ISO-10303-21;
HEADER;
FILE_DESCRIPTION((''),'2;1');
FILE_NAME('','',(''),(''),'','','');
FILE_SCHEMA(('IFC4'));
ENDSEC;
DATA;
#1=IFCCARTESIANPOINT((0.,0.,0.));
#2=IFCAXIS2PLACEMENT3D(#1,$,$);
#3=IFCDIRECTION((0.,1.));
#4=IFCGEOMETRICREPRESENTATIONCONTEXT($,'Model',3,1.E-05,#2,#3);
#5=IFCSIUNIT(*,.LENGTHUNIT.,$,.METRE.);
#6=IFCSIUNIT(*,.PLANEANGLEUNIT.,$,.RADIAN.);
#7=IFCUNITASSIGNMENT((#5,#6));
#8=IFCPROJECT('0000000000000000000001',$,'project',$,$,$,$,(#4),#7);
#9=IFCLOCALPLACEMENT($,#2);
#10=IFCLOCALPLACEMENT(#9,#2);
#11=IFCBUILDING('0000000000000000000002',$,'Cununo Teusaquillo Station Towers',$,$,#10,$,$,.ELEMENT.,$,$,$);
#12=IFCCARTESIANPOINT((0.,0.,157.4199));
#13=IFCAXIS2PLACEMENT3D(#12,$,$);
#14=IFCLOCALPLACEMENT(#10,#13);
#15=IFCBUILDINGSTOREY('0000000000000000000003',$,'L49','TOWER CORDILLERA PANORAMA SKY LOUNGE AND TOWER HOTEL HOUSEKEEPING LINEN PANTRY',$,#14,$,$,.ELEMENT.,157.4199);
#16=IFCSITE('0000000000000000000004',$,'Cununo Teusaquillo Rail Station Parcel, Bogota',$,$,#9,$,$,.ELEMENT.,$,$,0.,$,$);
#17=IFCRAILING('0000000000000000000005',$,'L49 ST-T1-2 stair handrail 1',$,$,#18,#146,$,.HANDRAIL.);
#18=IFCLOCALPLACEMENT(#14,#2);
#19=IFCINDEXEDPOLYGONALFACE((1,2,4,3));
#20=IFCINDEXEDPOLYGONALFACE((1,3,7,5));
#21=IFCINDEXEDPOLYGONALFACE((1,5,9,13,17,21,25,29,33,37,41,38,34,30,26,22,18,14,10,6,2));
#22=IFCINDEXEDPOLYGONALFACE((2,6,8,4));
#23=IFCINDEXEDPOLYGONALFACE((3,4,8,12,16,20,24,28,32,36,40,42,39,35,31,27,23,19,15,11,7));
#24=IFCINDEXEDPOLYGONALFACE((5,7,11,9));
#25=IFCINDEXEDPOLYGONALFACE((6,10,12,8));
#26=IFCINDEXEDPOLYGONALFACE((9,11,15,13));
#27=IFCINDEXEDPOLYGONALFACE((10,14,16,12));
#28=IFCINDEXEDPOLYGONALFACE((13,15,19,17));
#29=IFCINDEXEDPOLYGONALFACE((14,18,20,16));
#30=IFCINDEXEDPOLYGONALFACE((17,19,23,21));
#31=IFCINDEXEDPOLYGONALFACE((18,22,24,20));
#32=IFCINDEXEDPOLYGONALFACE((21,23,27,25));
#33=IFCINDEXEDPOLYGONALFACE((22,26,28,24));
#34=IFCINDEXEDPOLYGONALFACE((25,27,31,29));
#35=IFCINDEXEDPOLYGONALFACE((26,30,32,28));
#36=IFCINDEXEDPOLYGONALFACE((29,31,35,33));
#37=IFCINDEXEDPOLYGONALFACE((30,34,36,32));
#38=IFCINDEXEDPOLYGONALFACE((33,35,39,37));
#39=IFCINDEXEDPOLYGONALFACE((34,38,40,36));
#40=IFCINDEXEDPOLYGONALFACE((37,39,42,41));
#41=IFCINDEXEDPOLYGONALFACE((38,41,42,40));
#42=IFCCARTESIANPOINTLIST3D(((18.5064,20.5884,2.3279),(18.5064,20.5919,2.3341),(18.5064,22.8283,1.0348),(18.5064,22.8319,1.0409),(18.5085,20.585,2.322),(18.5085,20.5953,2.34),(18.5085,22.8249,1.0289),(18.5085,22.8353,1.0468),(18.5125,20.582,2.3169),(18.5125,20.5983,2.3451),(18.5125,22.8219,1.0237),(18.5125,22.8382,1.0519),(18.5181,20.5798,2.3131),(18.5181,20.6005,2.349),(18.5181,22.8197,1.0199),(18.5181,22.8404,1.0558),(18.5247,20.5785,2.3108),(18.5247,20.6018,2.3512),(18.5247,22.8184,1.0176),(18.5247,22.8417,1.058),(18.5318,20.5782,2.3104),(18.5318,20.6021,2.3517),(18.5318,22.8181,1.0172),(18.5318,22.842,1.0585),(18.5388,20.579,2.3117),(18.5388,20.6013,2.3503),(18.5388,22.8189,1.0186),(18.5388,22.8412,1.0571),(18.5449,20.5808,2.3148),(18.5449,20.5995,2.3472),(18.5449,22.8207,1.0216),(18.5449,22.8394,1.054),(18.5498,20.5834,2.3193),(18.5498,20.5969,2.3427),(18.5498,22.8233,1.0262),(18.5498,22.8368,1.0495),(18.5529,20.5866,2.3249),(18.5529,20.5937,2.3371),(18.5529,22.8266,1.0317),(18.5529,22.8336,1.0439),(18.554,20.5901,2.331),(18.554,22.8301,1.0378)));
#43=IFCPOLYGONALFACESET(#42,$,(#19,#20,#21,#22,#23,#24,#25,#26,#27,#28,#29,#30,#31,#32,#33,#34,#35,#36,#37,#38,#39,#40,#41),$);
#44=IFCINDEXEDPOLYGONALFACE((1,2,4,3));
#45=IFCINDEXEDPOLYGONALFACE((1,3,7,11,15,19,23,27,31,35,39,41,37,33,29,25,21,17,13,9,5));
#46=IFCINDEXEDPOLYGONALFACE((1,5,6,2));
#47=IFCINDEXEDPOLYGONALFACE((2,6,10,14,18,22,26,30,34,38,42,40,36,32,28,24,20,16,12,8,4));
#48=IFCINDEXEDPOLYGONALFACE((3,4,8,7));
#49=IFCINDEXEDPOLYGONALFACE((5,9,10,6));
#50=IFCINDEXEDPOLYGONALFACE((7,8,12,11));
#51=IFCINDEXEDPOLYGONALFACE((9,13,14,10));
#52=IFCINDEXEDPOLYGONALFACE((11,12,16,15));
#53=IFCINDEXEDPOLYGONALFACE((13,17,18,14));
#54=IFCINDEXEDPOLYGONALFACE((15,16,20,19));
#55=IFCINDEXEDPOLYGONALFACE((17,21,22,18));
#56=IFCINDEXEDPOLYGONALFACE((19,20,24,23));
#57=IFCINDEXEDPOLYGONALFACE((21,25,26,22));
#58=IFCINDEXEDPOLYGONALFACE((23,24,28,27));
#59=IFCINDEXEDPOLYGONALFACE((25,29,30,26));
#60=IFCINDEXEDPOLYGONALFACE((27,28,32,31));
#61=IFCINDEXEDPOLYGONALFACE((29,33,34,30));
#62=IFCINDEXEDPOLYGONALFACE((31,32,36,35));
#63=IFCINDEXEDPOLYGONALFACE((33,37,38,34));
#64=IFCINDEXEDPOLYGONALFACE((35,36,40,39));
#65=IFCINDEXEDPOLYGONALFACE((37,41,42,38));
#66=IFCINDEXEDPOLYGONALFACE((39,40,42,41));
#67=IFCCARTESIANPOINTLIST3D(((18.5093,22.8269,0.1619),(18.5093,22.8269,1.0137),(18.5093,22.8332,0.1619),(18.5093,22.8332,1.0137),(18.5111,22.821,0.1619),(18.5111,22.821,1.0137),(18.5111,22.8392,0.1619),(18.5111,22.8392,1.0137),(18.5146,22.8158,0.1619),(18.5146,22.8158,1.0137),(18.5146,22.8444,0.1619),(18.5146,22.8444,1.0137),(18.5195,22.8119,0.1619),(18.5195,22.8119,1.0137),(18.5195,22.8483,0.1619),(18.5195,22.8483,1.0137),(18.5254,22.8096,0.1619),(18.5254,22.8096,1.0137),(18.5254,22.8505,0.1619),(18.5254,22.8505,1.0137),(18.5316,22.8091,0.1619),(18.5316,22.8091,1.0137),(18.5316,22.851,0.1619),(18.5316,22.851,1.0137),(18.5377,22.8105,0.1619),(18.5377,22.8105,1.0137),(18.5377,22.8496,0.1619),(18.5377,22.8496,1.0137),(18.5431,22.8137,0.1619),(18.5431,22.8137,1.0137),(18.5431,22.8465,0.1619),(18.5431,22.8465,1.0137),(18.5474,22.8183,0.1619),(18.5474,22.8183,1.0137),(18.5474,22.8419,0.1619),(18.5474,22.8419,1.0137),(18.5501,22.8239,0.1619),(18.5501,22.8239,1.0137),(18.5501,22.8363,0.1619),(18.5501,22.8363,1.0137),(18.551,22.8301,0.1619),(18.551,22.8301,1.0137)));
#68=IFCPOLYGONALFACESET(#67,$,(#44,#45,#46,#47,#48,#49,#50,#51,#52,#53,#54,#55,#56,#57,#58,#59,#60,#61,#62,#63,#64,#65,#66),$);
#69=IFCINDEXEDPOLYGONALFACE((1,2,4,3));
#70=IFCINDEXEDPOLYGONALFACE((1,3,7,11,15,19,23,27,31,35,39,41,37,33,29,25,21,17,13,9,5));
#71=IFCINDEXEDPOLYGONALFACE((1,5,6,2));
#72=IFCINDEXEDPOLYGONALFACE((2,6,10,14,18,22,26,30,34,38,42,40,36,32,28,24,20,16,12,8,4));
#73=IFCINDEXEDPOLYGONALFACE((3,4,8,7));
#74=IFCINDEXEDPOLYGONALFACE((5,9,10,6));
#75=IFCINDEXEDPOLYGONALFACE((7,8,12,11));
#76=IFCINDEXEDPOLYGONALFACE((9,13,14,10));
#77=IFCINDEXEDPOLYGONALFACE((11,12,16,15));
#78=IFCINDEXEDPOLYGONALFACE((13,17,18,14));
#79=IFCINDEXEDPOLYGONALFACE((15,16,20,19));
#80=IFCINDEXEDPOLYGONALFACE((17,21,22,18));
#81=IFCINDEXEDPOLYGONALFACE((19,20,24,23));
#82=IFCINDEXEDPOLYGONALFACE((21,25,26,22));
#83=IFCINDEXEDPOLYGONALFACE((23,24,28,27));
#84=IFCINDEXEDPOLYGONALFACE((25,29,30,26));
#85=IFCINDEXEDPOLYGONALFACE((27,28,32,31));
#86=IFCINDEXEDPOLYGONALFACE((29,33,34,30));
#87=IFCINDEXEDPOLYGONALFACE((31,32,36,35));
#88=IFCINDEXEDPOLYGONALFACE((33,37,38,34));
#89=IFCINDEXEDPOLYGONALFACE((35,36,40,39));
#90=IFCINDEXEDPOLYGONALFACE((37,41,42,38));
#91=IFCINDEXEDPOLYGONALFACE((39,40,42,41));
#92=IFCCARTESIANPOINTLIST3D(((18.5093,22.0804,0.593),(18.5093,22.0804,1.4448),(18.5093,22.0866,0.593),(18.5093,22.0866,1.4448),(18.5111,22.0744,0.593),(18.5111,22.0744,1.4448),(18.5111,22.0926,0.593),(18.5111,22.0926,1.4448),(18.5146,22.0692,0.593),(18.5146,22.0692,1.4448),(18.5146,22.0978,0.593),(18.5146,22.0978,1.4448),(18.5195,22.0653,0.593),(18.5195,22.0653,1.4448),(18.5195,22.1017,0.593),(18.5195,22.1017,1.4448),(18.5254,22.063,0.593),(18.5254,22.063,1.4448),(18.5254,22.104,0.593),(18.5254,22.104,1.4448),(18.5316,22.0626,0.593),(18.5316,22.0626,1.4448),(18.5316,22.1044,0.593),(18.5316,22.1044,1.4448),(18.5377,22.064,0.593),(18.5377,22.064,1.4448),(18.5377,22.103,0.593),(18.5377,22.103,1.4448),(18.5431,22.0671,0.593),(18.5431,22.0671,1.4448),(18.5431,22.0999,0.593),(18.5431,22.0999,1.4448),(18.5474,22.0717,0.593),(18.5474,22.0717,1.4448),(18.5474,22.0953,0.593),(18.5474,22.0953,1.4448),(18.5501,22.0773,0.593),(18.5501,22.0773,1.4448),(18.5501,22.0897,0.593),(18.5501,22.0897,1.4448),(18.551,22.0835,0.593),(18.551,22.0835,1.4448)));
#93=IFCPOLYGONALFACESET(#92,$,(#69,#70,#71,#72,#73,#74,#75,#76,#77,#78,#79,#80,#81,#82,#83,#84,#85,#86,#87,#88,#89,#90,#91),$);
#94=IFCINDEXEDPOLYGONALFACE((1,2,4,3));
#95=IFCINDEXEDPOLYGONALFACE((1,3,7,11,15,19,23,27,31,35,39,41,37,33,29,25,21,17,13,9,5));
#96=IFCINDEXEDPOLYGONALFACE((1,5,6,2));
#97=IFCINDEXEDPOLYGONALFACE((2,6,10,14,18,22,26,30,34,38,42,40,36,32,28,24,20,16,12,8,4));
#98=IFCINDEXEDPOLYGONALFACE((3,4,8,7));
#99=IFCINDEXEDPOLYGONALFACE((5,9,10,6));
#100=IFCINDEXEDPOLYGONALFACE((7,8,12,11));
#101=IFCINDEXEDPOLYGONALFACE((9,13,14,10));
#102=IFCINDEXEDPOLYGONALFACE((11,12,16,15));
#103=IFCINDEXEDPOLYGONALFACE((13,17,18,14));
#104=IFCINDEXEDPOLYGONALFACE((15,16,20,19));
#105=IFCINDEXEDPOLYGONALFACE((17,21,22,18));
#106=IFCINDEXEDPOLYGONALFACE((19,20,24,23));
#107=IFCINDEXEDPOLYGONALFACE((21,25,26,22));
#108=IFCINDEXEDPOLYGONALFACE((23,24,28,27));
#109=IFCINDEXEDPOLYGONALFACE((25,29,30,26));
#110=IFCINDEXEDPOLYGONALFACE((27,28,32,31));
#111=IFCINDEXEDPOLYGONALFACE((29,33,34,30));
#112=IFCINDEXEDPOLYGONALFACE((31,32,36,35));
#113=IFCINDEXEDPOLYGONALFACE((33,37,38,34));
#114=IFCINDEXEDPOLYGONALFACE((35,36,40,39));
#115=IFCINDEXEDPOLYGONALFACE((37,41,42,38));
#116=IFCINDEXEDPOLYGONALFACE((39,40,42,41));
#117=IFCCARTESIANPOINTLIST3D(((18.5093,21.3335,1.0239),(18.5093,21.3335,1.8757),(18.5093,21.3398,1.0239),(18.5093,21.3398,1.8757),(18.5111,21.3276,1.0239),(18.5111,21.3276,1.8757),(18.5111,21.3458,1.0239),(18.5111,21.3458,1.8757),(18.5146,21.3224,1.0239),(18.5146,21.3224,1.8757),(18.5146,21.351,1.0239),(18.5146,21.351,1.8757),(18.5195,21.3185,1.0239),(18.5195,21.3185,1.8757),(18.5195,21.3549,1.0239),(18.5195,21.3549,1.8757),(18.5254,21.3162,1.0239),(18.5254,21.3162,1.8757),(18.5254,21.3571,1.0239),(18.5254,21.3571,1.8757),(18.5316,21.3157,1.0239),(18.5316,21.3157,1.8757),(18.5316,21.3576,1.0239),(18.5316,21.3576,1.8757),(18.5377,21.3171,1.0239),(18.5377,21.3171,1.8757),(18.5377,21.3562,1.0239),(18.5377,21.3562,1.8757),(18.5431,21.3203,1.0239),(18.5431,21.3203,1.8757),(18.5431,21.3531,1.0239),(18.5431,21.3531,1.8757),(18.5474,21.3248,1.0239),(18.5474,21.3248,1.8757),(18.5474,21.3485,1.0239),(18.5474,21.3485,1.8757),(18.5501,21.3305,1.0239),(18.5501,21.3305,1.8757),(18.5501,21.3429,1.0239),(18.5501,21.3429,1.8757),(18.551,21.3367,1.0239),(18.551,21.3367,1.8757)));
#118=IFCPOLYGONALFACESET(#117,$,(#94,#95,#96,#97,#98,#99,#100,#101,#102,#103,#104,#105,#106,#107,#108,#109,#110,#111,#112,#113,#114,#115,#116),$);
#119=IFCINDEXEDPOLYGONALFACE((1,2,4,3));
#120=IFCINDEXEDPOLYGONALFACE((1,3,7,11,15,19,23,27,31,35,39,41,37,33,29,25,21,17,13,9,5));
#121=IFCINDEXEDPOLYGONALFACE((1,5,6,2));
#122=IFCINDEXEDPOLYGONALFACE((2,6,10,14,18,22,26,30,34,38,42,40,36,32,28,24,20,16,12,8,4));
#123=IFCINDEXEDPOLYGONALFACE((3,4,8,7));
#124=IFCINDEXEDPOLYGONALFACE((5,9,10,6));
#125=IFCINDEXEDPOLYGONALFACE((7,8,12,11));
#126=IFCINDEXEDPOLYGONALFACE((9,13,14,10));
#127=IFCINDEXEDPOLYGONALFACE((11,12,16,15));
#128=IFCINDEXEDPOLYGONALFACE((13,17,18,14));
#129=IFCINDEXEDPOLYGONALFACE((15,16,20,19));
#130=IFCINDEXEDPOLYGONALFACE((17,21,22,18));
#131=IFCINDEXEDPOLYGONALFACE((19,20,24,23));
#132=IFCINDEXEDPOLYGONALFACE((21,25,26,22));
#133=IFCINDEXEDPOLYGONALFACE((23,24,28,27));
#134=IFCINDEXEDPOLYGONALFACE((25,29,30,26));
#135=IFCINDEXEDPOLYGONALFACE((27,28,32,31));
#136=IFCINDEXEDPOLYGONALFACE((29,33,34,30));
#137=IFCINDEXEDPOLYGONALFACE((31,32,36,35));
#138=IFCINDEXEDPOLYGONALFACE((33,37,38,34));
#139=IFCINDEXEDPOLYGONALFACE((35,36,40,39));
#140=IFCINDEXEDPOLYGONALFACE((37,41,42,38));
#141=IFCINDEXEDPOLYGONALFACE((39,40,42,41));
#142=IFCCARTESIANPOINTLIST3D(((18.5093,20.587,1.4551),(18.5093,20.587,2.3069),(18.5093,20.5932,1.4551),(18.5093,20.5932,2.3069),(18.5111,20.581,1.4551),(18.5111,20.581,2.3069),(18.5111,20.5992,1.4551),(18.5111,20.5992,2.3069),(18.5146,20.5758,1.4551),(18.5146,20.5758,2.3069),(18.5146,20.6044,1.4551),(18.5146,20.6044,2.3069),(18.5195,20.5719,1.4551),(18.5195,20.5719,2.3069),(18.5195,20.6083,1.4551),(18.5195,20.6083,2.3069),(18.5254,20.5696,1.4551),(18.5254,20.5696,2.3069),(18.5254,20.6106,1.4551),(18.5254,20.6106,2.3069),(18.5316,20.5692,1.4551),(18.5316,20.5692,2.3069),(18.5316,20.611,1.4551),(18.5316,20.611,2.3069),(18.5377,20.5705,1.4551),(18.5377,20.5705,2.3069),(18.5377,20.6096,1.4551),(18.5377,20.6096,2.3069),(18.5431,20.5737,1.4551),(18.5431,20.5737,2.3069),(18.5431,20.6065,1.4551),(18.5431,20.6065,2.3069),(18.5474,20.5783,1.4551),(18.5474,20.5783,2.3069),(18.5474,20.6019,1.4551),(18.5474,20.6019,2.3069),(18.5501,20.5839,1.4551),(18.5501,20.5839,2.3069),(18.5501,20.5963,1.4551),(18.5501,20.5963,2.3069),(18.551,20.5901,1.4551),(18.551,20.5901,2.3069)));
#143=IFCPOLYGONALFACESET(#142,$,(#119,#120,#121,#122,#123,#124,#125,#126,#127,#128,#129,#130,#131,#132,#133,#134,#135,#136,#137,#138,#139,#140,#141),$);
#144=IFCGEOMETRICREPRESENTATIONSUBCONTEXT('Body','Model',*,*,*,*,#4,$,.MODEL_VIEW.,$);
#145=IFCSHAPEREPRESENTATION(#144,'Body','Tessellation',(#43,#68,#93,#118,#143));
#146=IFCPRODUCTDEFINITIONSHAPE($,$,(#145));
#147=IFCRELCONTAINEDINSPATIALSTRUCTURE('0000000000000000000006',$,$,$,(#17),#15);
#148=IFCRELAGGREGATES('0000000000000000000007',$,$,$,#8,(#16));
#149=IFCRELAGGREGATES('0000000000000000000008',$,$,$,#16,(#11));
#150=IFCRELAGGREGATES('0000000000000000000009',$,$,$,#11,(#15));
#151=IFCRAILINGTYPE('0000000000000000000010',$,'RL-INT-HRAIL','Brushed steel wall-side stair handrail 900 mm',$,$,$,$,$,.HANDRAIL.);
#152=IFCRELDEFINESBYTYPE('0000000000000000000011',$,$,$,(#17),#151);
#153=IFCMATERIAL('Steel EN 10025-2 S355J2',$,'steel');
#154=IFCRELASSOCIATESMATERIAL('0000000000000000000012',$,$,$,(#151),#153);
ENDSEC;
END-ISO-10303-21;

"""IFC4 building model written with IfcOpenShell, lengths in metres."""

from ifc_helpers import new_model, si_unit, direction, frame, origin, origin_2d, place, context, subcontext, project, spatial, circle, extrude, material, type_object, element, save


model = new_model("IFC4")

# Units and contexts
model_context = context("Model", 3, precision=1e-05, world=origin(), true_north=direction((0.0, 1.0)))
body_context = subcontext(model_context, "Body", "Model", "MODEL_VIEW")
ifc_project = project(units=[si_unit("LENGTHUNIT", "METRE"), si_unit("PLANEANGLEUNIT", "RADIAN")], contexts=[model_context])

# Site, building, storey
site_placement = place(None, origin())
site = spatial("IfcSite", under=ifc_project, at=site_placement, Name="Cununo Teusaquillo Rail Station Parcel, Bogota", CompositionType="ELEMENT", RefElevation=0.0)
building_placement = place(site_placement, origin())
building = spatial("IfcBuilding", under=site, at=building_placement, Name="Cununo Teusaquillo Station Towers", CompositionType="ELEMENT")
storey_placement = place(building_placement, frame((0.0, 0.0, 157.4199)))
storey = spatial("IfcBuildingStorey", under=building, at=storey_placement, Name="L49", Description="TOWER CORDILLERA PANORAMA SKY LOUNGE AND TOWER HOTEL HOUSEKEEPING LINEN PANTRY", CompositionType="ELEMENT", Elevation=157.4199)

# Railing
ifc_material_1 = material(Name="Steel EN 10025-2 S355J2", Category="steel")
railing_type_1 = type_object("IfcRailingType", Name="RL-INT-HRAIL", Description="Brushed steel wall-side stair handrail 900 mm", PredefinedType="HANDRAIL", material=ifc_material_1)
railing_1_placement = place(storey_placement, frame((18.53, 22.8301, 0.1619)))
element("IfcRailing", 1, at=railing_1_placement, inside=storey, type_object=railing_type_1, Name="L49 ST-T1-2 stair handrail 1", PredefinedType="HANDRAIL", context=body_context, shape_type="SweptSolid", body=[
    extrude(circle(Radius=0.0239, at=origin_2d()), frame((0.0, 0.0, 0.876), z_axis=(0.0, -0.866033, 0.499987), x_axis=(1.0, 0.0, 0.0)), (0.0, 0.0, 1.0), 2.5864),
    extrude(circle(Radius=0.021, at=origin_2d()), origin(), (0.0, 0.0, 1.0), 0.8518),
    extrude(circle(Radius=0.021, at=origin_2d()), frame((0.0, -0.7466, 0.4312)), (0.0, 0.0, 1.0), 0.8518),
    extrude(circle(Radius=0.021, at=origin_2d()), frame((0.0, -1.4934, 0.8621)), (0.0, 0.0, 1.0), 0.8518),
    extrude(circle(Radius=0.021, at=origin_2d()), frame((0.0, -2.24, 1.2932)), (0.0, 0.0, 1.0), 0.8518),
])

save(model, "model.ifc")
